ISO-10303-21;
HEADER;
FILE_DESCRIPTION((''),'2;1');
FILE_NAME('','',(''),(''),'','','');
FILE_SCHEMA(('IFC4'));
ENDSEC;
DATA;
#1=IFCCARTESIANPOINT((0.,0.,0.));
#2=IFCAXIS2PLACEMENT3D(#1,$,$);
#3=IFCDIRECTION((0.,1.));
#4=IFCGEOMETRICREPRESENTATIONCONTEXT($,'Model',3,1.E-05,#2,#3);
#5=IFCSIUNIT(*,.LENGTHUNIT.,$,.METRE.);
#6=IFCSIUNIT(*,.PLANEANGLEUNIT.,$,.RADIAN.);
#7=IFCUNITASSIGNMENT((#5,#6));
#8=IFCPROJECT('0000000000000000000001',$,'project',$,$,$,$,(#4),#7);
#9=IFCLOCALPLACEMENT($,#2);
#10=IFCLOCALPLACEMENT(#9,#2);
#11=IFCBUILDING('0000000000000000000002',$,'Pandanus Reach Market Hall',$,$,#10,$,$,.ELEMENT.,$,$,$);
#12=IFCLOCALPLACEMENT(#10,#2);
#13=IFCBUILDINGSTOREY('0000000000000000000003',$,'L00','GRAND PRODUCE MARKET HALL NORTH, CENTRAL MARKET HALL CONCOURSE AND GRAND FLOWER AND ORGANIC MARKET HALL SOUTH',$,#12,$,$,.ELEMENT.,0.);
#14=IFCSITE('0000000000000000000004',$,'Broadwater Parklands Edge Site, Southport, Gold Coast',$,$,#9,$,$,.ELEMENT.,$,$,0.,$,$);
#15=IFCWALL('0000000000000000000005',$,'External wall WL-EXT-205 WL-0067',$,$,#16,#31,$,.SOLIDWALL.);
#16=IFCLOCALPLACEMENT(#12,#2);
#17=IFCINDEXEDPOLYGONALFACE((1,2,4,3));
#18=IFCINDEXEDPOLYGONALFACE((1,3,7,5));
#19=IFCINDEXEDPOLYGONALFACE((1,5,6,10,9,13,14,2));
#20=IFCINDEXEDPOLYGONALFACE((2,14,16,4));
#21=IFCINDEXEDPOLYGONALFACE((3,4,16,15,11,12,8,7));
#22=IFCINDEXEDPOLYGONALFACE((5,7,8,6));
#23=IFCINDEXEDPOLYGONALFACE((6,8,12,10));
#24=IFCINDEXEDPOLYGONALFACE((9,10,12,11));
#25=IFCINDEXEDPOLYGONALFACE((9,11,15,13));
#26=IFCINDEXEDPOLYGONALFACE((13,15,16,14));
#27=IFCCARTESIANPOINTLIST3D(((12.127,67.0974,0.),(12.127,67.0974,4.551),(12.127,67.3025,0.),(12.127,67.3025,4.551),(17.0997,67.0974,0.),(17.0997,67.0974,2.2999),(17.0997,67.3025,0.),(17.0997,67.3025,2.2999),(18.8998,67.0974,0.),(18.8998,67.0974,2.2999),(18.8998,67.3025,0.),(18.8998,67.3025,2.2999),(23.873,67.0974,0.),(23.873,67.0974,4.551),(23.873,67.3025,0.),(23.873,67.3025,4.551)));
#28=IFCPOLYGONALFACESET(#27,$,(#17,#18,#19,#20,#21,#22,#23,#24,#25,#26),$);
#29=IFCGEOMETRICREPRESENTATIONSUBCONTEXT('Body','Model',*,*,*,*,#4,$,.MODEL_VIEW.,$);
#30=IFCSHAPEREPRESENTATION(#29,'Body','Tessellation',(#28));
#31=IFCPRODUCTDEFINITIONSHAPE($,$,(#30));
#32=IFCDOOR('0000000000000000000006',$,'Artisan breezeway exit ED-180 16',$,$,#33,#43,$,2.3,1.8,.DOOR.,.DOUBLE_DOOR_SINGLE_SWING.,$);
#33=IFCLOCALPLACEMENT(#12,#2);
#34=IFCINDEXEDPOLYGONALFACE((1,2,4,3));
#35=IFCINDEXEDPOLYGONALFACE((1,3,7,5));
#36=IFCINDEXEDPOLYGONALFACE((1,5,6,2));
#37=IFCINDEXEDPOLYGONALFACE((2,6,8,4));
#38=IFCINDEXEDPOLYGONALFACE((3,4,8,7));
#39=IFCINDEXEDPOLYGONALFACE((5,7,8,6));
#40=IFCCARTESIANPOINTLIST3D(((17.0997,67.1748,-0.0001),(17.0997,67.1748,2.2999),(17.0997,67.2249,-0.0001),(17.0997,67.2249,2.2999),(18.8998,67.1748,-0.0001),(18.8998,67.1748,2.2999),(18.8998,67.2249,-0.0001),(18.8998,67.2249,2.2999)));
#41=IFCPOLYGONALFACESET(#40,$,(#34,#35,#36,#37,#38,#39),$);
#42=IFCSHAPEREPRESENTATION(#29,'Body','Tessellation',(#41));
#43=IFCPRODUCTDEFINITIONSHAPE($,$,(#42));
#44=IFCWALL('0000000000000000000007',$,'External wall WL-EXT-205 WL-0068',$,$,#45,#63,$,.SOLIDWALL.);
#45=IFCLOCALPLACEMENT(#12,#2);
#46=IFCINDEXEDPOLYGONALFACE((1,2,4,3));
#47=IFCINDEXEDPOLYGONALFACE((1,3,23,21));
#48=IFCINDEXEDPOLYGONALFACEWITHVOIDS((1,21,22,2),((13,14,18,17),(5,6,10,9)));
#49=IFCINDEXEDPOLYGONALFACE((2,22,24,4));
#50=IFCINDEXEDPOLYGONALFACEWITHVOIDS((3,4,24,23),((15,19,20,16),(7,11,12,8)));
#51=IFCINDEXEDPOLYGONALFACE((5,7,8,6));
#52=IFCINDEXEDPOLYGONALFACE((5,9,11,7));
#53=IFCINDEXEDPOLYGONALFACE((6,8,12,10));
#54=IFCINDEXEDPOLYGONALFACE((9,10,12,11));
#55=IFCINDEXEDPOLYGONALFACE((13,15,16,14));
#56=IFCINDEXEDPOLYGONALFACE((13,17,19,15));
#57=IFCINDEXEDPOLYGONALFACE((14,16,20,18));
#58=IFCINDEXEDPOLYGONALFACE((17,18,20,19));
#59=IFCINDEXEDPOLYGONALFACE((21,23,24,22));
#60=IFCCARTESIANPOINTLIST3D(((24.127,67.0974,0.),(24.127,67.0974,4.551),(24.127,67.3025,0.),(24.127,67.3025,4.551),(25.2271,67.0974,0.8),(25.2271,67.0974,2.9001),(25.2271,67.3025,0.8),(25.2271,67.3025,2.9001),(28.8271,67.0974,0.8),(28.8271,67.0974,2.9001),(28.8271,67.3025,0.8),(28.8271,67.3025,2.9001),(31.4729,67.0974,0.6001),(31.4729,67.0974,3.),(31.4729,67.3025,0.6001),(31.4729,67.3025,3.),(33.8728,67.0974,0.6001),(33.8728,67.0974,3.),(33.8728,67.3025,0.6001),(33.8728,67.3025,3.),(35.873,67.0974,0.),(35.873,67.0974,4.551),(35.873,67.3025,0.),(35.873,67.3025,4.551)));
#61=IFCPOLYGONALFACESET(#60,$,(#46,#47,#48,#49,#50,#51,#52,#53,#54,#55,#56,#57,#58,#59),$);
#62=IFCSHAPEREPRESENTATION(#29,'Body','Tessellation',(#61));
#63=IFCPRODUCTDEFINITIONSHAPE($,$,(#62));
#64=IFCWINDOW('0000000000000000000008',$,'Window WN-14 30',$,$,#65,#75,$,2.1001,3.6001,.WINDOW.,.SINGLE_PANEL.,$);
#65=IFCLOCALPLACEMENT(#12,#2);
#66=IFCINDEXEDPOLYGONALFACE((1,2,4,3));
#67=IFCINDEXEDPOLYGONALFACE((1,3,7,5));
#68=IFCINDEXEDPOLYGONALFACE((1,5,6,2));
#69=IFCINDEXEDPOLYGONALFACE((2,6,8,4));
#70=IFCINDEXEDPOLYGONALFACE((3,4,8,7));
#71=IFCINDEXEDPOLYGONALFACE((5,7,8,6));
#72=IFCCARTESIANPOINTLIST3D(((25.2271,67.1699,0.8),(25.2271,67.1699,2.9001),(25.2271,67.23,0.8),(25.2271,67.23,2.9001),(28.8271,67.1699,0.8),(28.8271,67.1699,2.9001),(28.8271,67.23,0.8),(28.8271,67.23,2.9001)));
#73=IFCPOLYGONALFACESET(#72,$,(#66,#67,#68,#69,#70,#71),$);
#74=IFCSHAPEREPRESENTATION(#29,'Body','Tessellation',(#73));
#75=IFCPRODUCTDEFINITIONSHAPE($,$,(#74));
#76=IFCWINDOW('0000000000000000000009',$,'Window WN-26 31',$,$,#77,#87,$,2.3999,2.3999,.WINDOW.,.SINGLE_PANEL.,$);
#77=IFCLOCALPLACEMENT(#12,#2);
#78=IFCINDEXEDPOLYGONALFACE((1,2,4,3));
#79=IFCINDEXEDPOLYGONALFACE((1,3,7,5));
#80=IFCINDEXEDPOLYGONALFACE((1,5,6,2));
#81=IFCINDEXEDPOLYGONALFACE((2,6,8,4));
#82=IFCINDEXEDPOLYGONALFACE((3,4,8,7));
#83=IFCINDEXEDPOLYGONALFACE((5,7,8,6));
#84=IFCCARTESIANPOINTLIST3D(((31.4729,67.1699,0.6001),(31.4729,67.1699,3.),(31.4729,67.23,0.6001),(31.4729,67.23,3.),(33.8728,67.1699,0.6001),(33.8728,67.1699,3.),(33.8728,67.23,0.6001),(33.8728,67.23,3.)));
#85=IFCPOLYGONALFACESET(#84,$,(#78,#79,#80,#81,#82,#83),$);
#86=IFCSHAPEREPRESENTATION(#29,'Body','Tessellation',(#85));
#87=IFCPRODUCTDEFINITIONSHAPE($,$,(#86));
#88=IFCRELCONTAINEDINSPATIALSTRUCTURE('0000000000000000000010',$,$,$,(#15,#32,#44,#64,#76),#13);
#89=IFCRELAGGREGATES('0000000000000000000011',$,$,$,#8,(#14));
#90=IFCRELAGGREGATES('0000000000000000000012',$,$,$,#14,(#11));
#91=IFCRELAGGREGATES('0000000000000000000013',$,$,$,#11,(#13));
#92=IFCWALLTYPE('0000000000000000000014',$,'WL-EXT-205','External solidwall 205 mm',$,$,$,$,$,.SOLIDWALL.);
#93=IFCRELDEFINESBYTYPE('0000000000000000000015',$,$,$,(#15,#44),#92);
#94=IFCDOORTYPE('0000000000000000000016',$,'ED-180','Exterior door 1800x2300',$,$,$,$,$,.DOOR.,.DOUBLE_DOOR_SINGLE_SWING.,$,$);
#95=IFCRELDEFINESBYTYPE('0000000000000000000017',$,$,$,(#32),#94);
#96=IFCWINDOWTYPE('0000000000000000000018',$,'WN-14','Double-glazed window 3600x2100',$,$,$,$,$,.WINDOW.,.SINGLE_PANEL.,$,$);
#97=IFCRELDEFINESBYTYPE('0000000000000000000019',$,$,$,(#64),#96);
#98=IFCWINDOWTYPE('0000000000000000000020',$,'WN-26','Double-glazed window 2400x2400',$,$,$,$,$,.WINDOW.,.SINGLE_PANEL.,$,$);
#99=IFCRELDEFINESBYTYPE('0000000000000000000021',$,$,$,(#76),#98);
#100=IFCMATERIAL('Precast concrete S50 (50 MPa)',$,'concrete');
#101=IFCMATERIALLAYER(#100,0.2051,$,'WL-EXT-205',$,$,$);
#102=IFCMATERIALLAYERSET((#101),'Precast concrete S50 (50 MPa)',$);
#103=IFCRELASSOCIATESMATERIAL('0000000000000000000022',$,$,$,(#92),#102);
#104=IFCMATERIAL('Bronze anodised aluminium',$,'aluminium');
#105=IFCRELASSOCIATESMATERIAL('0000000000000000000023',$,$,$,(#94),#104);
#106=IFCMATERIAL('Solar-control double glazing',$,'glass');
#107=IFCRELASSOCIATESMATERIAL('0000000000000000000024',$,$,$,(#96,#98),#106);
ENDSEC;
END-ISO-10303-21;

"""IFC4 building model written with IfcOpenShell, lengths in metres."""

from ifc_helpers import new_model, si_unit, direction, frame, frame_2d, origin, place, context, subcontext, project, spatial, rectangle, extrude, material, layer, layer_set, type_object, element, fill, save


model = new_model("IFC4")

# Units and contexts
model_context = context("Model", 3, precision=1e-05, world=origin(), true_north=direction((0.0, 1.0)))
body_context = subcontext(model_context, "Body", "Model", "MODEL_VIEW")
ifc_project = project(units=[si_unit("LENGTHUNIT", "METRE"), si_unit("PLANEANGLEUNIT", "RADIAN")], contexts=[model_context])

# Site, building, storey
site_placement = place(None, origin())
site = spatial("IfcSite", under=ifc_project, at=site_placement, Name="Broadwater Parklands Edge Site, Southport, Gold Coast", CompositionType="ELEMENT", RefElevation=0.0)
building_placement = place(site_placement, origin())
building = spatial("IfcBuilding", under=site, at=building_placement, Name="Pandanus Reach Market Hall", CompositionType="ELEMENT")
storey_placement = place(building_placement, origin())
storey = spatial("IfcBuildingStorey", under=building, at=storey_placement, Name="L00", Description="GRAND PRODUCE MARKET HALL NORTH, CENTRAL MARKET HALL CONCOURSE AND GRAND FLOWER AND ORGANIC MARKET HALL SOUTH", CompositionType="ELEMENT", Elevation=0.0)

# Wall, opening, door
ifc_material_1 = material(Name="Precast concrete S50 (50 MPa)", Category="concrete")
ifc_layer = layer(ifc_material_1, 0.2051, Name="WL-EXT-205")
ifc_layer_set = layer_set([ifc_layer], Name="Precast concrete S50 (50 MPa)")
wall_type = type_object("IfcWallType", Name="WL-EXT-205", Description="External solidwall 205 mm", PredefinedType="SOLIDWALL", material=ifc_layer_set)
wall_1_placement = place(storey_placement, frame((12.127, 67.2, 0.0), z_axis=(0.0, 0.0, 1.0), x_axis=(1.0, 0.0, 0.0)))
wall_1 = element("IfcWall", 1, at=wall_1_placement, inside=storey, type_object=wall_type, Name="External wall WL-EXT-205 WL-0067", PredefinedType="SOLIDWALL", context=body_context, shape_type="SweptSolid", body=[
    extrude(rectangle(XDim=11.7461, YDim=0.2051, at=frame_2d((5.873, 0.0))), origin(), (0.0, 0.0, 1.0), 4.551),
])
opening_1_placement = place(wall_1_placement, frame((4.9729, 0.0, 0.0)))
opening_1 = element("IfcOpeningElement", 2, at=opening_1_placement, cuts=wall_1, PredefinedType="OPENING", context=body_context, shape_type="SweptSolid", body=[
    extrude(rectangle(XDim=1.8, YDim=2.3, at=frame_2d((0.8999, 1.1499))), frame((0.0, 0.1174, 0.0), z_axis=(0.0, -1.0, 0.0), x_axis=(1.0, 0.0, 0.0)), (0.0, 0.0, 1.0), 0.2351),
])
ifc_material_2 = material(Name="Bronze anodised aluminium", Category="aluminium")
door_type = type_object("IfcDoorType", Name="ED-180", Description="Exterior door 1800x2300", OperationType="DOUBLE_DOOR_SINGLE_SWING", PredefinedType="DOOR", material=ifc_material_2)
door_placement = place(opening_1_placement, origin())
door = element("IfcDoor", 3, at=door_placement, inside=storey, type_object=door_type, Name="Artisan breezeway exit ED-180 16", OperationType="DOUBLE_DOOR_SINGLE_SWING", OverallHeight=2.3, OverallWidth=1.8, PredefinedType="DOOR", context=body_context, shape_type="SweptSolid", body=[
    extrude(rectangle(XDim=1.8, YDim=2.3, at=frame_2d((0.8999, 1.1499))), frame((0.0, 0.0249, 0.0), z_axis=(0.0, -1.0, 0.0), x_axis=(1.0, 0.0, 0.0)), (0.0, 0.0, 1.0), 0.05),
])
fill(opening_1, door)

# Wall, openings, windows
wall_2_placement = place(storey_placement, frame((24.127, 67.2, 0.0), z_axis=(0.0, 0.0, 1.0), x_axis=(1.0, 0.0, 0.0)))
wall_2 = element("IfcWall", 4, at=wall_2_placement, inside=storey, type_object=wall_type, Name="External wall WL-EXT-205 WL-0068", PredefinedType="SOLIDWALL", context=body_context, shape_type="SweptSolid", body=[
    extrude(rectangle(XDim=11.7461, YDim=0.2051, at=frame_2d((5.873, 0.0))), origin(), (0.0, 0.0, 1.0), 4.551),
])
opening_2_placement = place(wall_2_placement, frame((1.1001, 0.0, 0.8)))
opening_2 = element("IfcOpeningElement", 5, at=opening_2_placement, cuts=wall_2, PredefinedType="OPENING", context=body_context, shape_type="SweptSolid", body=[
    extrude(rectangle(XDim=3.6001, YDim=2.1001, at=frame_2d((1.8, 1.05))), frame((0.0, 0.1174, 0.0), z_axis=(0.0, -1.0, 0.0), x_axis=(1.0, 0.0, 0.0)), (0.0, 0.0, 1.0), 0.2351),
])
opening_3_placement = place(wall_2_placement, frame((7.3459, 0.0, 0.6001)))
opening_3 = element("IfcOpeningElement", 6, at=opening_3_placement, cuts=wall_2, PredefinedType="OPENING", context=body_context, shape_type="SweptSolid", body=[
    extrude(rectangle(XDim=2.3999, YDim=2.3999, at=frame_2d((1.2, 1.2))), frame((0.0, 0.1174, 0.0), z_axis=(0.0, -1.0, 0.0), x_axis=(1.0, 0.0, 0.0)), (0.0, 0.0, 1.0), 0.2351),
])
ifc_material_3 = material(Name="Solar-control double glazing", Category="glass")
window_type_1 = type_object("IfcWindowType", Name="WN-14", Description="Double-glazed window 3600x2100", PartitioningType="SINGLE_PANEL", PredefinedType="WINDOW", material=ifc_material_3)
window_1_placement = place(opening_2_placement, origin())
window_1 = element("IfcWindow", 7, at=window_1_placement, inside=storey, type_object=window_type_1, Name="Window WN-14 30", OverallHeight=2.1001, OverallWidth=3.6001, PartitioningType="SINGLE_PANEL", PredefinedType="WINDOW", context=body_context, shape_type="SweptSolid", body=[
    extrude(rectangle(XDim=3.6001, YDim=2.1001, at=frame_2d((1.8, 1.05))), frame((0.0, 0.03, 0.0), z_axis=(0.0, -1.0, 0.0), x_axis=(1.0, 0.0, 0.0)), (0.0, 0.0, 1.0), 0.0601),
])
fill(opening_2, window_1)
window_type_2 = type_object("IfcWindowType", Name="WN-26", Description="Double-glazed window 2400x2400", PartitioningType="SINGLE_PANEL", PredefinedType="WINDOW", material=ifc_material_3)
window_2_placement = place(opening_3_placement, origin())
window_2 = element("IfcWindow", 8, at=window_2_placement, inside=storey, type_object=window_type_2, Name="Window WN-26 31", OverallHeight=2.3999, OverallWidth=2.3999, PartitioningType="SINGLE_PANEL", PredefinedType="WINDOW", context=body_context, shape_type="SweptSolid", body=[
    extrude(rectangle(XDim=2.3999, YDim=2.3999, at=frame_2d((1.2, 1.2))), frame((0.0, 0.03, 0.0), z_axis=(0.0, -1.0, 0.0), x_axis=(1.0, 0.0, 0.0)), (0.0, 0.0, 1.0), 0.0601),
])
fill(opening_3, window_2)

save(model, "model.ifc")
